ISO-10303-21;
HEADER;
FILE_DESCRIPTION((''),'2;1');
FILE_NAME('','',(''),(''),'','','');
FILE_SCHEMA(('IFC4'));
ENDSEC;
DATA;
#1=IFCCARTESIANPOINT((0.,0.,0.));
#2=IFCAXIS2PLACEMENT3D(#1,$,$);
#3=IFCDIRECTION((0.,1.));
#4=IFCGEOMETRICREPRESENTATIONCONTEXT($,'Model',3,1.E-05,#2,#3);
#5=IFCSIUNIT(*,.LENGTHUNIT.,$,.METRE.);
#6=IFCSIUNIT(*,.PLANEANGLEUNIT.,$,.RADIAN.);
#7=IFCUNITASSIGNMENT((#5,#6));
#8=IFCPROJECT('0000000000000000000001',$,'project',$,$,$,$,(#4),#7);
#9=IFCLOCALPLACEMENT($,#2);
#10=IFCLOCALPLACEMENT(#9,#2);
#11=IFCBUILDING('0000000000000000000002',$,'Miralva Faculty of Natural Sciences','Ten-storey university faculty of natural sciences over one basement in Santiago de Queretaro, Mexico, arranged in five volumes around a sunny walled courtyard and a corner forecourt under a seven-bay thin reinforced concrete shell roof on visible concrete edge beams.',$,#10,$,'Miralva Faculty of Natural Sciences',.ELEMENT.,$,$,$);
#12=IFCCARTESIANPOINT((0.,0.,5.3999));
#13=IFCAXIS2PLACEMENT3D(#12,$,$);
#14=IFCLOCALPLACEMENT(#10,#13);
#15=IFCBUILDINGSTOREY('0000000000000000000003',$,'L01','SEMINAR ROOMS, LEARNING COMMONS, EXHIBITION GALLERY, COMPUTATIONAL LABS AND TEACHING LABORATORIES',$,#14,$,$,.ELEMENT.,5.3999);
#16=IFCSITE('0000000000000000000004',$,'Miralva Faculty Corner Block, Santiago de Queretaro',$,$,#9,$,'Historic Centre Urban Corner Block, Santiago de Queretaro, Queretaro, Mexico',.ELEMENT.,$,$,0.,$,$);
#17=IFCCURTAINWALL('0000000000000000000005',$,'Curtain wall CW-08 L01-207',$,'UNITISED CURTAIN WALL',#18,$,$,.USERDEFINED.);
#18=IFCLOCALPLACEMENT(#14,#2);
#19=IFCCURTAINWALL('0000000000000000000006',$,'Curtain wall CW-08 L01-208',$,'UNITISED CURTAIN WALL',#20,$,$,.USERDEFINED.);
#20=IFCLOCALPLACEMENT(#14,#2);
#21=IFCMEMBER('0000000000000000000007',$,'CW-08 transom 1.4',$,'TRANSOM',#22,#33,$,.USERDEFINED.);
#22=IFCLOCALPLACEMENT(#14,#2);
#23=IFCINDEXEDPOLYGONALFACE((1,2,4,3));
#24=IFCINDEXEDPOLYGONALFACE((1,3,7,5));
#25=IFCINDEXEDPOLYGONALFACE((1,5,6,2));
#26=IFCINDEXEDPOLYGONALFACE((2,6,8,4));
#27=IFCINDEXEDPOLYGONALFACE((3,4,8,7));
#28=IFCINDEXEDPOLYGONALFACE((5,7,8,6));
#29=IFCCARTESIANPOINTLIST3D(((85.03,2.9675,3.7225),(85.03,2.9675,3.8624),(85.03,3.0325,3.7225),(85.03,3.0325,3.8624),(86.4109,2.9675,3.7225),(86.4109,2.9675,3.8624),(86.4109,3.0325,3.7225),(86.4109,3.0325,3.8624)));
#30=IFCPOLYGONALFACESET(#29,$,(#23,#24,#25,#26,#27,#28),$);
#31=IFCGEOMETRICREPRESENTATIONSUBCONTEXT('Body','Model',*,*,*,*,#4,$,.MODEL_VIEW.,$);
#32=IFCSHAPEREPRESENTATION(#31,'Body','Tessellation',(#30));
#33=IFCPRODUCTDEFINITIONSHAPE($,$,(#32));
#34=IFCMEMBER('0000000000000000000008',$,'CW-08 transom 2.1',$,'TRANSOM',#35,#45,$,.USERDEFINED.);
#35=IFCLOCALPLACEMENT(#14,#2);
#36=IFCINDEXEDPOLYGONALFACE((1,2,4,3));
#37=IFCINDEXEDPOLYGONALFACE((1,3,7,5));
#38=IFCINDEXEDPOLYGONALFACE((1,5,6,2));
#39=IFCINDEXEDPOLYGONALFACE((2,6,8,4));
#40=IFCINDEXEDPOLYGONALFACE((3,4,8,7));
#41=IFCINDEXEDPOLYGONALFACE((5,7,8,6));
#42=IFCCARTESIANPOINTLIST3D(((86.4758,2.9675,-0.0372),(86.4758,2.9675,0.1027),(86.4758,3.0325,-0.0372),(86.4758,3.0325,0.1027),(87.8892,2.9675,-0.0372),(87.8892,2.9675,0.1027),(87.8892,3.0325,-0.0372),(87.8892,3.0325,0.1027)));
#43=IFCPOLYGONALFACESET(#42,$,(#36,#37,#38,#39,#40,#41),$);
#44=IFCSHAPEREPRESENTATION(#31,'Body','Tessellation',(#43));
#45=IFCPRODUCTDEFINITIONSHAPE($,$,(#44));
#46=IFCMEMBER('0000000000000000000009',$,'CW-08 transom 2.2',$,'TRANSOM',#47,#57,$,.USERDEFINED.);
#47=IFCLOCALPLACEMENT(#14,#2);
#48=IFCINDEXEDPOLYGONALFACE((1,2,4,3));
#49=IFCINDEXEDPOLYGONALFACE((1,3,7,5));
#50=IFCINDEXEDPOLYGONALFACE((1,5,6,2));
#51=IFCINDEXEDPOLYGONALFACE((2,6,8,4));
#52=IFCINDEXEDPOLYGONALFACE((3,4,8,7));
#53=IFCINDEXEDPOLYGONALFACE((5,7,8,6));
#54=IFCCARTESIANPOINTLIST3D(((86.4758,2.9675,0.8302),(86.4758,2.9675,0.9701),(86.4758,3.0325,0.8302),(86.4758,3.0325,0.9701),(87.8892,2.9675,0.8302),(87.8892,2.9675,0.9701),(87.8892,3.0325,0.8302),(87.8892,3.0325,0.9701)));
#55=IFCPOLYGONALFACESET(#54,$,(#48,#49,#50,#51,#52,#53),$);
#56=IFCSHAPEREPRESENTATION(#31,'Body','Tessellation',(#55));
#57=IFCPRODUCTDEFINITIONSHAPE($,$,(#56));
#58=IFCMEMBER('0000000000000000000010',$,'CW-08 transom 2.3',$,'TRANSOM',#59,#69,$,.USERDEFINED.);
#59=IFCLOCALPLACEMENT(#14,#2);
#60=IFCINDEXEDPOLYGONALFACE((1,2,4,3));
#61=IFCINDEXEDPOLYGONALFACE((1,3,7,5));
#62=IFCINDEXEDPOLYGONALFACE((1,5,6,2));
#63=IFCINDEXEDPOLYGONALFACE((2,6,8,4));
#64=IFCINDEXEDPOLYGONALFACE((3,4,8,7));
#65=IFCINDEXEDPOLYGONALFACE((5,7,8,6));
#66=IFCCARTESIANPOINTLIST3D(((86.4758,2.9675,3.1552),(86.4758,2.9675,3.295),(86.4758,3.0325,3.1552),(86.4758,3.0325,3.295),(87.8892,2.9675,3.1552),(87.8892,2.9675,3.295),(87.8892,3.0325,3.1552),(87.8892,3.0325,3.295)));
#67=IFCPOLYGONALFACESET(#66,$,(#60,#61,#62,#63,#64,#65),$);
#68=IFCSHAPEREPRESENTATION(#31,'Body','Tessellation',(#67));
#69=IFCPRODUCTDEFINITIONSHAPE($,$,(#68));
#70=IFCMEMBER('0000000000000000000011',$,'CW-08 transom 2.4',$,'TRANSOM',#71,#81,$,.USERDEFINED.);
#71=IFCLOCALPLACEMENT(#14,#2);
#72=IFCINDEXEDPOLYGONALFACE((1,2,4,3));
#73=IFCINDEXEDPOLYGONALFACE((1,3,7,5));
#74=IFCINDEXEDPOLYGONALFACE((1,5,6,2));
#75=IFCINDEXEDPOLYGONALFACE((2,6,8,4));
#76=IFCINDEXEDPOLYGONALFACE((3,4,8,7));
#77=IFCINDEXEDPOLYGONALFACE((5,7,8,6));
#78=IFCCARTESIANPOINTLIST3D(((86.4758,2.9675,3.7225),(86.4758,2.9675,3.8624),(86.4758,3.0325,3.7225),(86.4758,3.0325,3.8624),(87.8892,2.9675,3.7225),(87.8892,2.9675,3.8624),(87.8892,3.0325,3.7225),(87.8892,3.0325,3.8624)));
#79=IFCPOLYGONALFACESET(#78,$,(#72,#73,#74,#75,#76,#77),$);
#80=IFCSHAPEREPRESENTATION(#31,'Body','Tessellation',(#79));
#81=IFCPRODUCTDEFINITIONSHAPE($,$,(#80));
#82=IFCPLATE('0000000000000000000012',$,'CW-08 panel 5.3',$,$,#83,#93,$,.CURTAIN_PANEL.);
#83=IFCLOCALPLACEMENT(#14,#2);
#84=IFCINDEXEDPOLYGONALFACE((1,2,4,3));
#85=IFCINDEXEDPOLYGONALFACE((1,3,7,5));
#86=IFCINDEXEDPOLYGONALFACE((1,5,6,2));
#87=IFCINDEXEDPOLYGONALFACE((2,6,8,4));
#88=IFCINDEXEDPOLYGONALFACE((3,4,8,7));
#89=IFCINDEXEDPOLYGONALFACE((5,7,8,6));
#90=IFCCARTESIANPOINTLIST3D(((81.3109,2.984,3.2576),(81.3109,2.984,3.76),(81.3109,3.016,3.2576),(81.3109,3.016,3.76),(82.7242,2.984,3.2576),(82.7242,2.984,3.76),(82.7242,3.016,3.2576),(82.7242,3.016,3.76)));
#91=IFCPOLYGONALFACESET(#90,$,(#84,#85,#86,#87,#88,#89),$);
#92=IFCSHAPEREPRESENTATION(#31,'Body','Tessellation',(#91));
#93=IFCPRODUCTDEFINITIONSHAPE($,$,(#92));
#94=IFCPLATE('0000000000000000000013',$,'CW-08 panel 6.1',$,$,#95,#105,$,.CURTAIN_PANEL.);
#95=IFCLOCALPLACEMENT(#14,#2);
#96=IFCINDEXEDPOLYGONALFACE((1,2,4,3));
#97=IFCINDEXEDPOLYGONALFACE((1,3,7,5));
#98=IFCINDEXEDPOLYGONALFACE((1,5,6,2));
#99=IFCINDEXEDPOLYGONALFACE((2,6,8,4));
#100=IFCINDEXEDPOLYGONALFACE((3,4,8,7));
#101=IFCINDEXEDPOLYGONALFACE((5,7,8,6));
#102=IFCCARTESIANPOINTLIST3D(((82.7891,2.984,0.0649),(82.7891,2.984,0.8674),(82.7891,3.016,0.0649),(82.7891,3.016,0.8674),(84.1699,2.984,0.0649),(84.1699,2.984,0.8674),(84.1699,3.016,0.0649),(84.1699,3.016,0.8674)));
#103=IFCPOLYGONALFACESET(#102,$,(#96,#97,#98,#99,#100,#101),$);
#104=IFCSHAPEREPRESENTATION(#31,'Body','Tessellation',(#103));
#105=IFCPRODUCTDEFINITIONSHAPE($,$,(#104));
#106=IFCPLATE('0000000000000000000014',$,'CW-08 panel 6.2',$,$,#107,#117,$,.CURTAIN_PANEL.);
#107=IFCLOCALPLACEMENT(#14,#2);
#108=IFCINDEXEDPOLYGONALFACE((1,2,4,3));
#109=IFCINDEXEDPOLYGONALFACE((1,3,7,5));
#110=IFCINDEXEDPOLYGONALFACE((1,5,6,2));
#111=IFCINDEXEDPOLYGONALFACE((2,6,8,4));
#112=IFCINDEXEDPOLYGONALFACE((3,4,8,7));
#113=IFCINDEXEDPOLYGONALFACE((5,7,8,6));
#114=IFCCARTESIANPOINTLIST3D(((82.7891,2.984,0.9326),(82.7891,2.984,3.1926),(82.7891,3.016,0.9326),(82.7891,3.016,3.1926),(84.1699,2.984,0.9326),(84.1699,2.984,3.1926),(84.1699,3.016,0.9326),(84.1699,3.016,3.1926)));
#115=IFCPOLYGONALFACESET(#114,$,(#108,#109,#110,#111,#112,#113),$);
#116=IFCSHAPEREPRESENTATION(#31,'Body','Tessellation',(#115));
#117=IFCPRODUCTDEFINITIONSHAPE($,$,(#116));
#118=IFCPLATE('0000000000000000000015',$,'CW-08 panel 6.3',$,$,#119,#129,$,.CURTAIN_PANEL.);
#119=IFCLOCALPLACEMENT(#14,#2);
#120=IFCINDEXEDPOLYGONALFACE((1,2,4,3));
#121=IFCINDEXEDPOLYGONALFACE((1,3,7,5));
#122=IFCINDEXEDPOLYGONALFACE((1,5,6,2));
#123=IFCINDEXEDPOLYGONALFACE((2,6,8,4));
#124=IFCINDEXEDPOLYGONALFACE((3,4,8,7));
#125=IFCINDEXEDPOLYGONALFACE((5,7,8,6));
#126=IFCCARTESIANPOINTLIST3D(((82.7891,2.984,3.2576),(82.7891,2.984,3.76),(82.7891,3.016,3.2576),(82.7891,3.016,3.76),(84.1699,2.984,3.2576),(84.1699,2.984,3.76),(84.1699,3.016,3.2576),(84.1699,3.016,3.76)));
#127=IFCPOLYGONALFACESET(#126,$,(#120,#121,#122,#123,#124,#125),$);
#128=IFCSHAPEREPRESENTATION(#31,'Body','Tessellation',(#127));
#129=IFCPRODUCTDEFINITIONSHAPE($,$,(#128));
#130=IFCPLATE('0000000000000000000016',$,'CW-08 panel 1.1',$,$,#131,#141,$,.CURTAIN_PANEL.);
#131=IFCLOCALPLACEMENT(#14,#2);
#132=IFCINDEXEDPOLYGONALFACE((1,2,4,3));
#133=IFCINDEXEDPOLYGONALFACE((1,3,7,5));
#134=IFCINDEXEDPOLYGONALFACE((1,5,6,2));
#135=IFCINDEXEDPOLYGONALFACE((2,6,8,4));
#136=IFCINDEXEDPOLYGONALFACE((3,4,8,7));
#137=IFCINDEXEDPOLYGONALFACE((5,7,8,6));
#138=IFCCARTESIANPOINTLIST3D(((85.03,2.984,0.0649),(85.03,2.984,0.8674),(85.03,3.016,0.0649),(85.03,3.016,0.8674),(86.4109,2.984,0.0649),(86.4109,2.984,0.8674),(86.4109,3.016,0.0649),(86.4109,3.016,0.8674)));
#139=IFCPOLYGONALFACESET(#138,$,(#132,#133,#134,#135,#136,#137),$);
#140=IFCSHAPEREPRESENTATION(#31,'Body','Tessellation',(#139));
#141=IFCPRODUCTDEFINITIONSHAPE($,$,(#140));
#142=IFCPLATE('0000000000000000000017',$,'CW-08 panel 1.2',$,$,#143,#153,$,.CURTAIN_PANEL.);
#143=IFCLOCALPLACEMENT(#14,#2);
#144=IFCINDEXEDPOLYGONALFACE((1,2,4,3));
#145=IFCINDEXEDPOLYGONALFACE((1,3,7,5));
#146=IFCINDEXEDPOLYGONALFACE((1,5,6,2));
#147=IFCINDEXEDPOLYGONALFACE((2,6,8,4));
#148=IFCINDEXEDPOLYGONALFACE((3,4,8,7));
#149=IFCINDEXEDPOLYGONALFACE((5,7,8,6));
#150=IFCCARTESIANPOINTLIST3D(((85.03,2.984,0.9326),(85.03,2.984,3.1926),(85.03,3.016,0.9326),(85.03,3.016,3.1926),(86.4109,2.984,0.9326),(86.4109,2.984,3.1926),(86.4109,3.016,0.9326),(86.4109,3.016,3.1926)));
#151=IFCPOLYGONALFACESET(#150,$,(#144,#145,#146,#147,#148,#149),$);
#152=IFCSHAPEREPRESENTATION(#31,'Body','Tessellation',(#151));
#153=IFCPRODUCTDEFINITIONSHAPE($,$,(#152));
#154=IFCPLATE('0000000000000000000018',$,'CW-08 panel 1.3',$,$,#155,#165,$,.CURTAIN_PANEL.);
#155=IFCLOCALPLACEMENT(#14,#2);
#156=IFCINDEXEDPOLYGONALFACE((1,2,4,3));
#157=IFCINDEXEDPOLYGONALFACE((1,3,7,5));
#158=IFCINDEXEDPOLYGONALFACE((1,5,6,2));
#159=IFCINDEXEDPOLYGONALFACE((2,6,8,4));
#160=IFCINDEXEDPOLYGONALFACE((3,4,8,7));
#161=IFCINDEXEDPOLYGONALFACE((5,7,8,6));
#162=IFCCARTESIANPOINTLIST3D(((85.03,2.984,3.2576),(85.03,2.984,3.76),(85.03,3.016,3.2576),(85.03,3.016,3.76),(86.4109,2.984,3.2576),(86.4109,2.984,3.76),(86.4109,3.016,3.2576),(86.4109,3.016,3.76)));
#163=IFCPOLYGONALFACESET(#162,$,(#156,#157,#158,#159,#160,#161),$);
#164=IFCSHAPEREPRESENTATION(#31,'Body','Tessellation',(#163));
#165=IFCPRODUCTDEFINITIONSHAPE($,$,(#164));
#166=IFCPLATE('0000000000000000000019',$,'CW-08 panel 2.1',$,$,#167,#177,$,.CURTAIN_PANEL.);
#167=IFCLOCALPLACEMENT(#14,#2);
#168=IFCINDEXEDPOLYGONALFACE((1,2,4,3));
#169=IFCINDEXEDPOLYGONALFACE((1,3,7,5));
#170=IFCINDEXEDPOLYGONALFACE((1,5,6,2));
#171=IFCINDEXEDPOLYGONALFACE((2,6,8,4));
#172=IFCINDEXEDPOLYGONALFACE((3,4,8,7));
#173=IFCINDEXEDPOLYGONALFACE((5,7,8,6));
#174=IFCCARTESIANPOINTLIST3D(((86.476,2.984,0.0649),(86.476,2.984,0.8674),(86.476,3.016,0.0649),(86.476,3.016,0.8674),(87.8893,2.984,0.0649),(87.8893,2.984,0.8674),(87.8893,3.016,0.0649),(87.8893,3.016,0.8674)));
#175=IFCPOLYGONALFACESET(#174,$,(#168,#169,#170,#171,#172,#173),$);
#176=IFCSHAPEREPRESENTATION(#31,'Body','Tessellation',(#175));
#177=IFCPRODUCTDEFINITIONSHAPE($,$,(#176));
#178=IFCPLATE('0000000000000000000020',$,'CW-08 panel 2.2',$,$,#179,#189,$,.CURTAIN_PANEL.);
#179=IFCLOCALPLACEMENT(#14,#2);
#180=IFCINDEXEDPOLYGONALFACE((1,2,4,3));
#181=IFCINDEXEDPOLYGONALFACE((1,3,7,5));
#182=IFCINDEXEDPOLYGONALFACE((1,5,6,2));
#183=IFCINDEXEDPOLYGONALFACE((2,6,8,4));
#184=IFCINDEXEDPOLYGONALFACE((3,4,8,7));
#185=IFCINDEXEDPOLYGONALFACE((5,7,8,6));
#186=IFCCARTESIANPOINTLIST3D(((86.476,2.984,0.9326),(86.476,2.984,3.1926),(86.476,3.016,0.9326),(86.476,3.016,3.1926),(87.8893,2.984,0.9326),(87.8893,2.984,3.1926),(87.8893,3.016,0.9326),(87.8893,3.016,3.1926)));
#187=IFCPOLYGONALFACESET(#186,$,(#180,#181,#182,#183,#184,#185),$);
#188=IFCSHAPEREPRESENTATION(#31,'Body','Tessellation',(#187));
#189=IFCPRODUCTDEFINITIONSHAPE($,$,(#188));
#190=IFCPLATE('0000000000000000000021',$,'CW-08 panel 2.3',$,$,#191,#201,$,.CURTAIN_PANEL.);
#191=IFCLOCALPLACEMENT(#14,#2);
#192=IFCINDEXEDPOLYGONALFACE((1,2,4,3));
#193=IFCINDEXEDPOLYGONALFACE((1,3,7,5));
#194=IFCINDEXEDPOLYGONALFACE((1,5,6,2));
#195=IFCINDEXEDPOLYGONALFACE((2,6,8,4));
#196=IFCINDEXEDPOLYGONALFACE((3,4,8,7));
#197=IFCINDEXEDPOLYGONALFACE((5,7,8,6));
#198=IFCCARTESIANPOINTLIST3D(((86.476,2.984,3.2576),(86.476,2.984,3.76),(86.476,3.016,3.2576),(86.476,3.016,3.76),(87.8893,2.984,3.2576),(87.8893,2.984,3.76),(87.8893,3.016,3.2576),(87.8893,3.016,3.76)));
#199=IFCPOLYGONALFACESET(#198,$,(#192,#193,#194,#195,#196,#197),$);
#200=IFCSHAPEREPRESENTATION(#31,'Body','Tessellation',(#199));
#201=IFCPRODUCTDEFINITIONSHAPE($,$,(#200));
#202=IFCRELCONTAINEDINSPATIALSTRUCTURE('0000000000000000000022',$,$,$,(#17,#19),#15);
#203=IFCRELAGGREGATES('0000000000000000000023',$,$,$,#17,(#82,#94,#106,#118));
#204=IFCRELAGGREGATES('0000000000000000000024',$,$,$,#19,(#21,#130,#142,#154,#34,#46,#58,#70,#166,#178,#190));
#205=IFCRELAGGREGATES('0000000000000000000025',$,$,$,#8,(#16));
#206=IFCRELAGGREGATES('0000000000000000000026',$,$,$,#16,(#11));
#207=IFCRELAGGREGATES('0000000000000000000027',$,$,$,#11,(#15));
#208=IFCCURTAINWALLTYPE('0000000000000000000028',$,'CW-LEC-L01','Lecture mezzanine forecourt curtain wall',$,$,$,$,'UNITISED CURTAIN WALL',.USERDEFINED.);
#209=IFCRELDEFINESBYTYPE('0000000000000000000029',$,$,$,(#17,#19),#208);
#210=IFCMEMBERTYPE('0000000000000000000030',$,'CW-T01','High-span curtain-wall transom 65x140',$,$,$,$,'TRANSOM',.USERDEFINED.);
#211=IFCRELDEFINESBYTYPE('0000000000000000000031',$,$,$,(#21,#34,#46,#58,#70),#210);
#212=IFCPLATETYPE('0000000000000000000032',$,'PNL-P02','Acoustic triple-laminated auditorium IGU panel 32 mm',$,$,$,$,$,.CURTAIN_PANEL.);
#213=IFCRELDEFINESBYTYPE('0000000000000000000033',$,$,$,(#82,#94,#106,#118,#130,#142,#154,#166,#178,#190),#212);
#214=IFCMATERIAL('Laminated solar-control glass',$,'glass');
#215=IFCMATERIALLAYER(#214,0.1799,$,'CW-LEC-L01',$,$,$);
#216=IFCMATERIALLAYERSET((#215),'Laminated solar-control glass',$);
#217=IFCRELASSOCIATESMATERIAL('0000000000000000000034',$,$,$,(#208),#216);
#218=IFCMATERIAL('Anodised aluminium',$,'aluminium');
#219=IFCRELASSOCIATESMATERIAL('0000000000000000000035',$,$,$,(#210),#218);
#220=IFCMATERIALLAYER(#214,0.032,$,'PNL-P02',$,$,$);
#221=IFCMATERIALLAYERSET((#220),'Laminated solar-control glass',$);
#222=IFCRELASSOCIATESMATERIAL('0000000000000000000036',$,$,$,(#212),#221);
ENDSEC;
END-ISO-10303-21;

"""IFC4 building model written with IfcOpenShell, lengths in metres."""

from ifc_helpers import new_model, si_unit, direction, frame, origin, origin_2d, place, context, subcontext, project, spatial, rectangle, extrude, material, layer, layer_set, material_profile, profile_set, type_object, element, aggregate, save


model = new_model("IFC4")

# Units and contexts
model_context = context("Model", 3, precision=1e-05, world=origin(), true_north=direction((0.0, 1.0)))
body_context = subcontext(model_context, "Body", "Model", "MODEL_VIEW")
ifc_project = project(units=[si_unit("LENGTHUNIT", "METRE"), si_unit("PLANEANGLEUNIT", "RADIAN")], contexts=[model_context])

# Site, building, storey
site_placement = place(None, origin())
site = spatial("IfcSite", under=ifc_project, at=site_placement, Name="Miralva Faculty Corner Block, Santiago de Queretaro", LongName="Historic Centre Urban Corner Block, Santiago de Queretaro, Queretaro, Mexico", CompositionType="ELEMENT", RefElevation=0.0)
building_placement = place(site_placement, origin())
building = spatial("IfcBuilding", under=site, at=building_placement, Name="Miralva Faculty of Natural Sciences", Description="Ten-storey university faculty of natural sciences over one basement in Santiago de Queretaro, Mexico, arranged in five volumes around a sunny walled courtyard and a corner forecourt under a seven-bay thin reinforced concrete shell roof on visible concrete edge beams.", LongName="Miralva Faculty of Natural Sciences", CompositionType="ELEMENT")
storey_placement = place(building_placement, frame((0.0, 0.0, 5.3999)))
storey = spatial("IfcBuildingStorey", under=building, at=storey_placement, Name="L01", Description="SEMINAR ROOMS, LEARNING COMMONS, EXHIBITION GALLERY, COMPUTATIONAL LABS AND TEACHING LABORATORIES", CompositionType="ELEMENT", Elevation=5.3999)

# Curtain walls
ifc_material_1 = material(Name="Laminated solar-control glass", Category="glass")
ifc_layer_1 = layer(ifc_material_1, 0.1799, Name="CW-LEC-L01")
ifc_layer_set_1 = layer_set([ifc_layer_1], Name="Laminated solar-control glass")
curtain_wall_type = type_object("IfcCurtainWallType", Name="CW-LEC-L01", Description="Lecture mezzanine forecourt curtain wall", ElementType="UNITISED CURTAIN WALL", PredefinedType="USERDEFINED", material=ifc_layer_set_1)
curtain_wall_1_placement = place(storey_placement, origin())
curtain_wall_1 = element("IfcCurtainWall", 1, at=curtain_wall_1_placement, inside=storey, type_object=curtain_wall_type, Name="Curtain wall CW-08 L01-207", ObjectType="UNITISED CURTAIN WALL", PredefinedType="USERDEFINED")
ifc_material_2 = material(Name="Anodised aluminium", Category="aluminium")
curtain_wall_2_placement = place(storey_placement, origin())
curtain_wall_2 = element("IfcCurtainWall", 2, at=curtain_wall_2_placement, inside=storey, type_object=curtain_wall_type, Name="Curtain wall CW-08 L01-208", ObjectType="UNITISED CURTAIN WALL", PredefinedType="USERDEFINED")

# Members
ifc_material_profile_1 = material_profile(ifc_material_2, rectangle(XDim=0.0649, YDim=0.1399, at=origin_2d()), Name="TRANSOM 65x140")
ifc_profile_set_1 = profile_set([ifc_material_profile_1], Name="Anodised aluminium")
member_type_1 = type_object("IfcMemberType", Name="CW-T01", Description="High-span curtain-wall transom 65x140", ElementType="TRANSOM", PredefinedType="USERDEFINED", material=ifc_profile_set_1)
member_1_placement = place(storey_placement, frame((85.03, 3.0, 3.7925), z_axis=(1.0, 0.0, 0.0), x_axis=(0.0, 1.0, 0.0)))
member_1 = element("IfcMember", 3, at=member_1_placement, type_object=member_type_1, Name="CW-08 transom 1.4", ObjectType="TRANSOM", PredefinedType="USERDEFINED", context=body_context, shape_type="SweptSolid", body=[
    extrude(rectangle(XDim=0.0649, YDim=0.1399, at=origin_2d()), origin(), (0.0, 0.0, 1.0), 1.3809),
])
member_2_placement = place(storey_placement, frame((86.4758, 3.0, 0.0327), z_axis=(1.0, 0.0, 0.0), x_axis=(0.0, 1.0, 0.0)))
member_2 = element("IfcMember", 4, at=member_2_placement, type_object=member_type_1, Name="CW-08 transom 2.1", ObjectType="TRANSOM", PredefinedType="USERDEFINED", context=body_context, shape_type="SweptSolid", body=[
    extrude(rectangle(XDim=0.0649, YDim=0.1399, at=origin_2d()), origin(), (0.0, 0.0, 1.0), 1.4133),
])
member_3_placement = place(storey_placement, frame((86.4758, 3.0, 0.9001), z_axis=(1.0, 0.0, 0.0), x_axis=(0.0, 1.0, 0.0)))
member_3 = element("IfcMember", 5, at=member_3_placement, type_object=member_type_1, Name="CW-08 transom 2.2", ObjectType="TRANSOM", PredefinedType="USERDEFINED", context=body_context, shape_type="SweptSolid", body=[
    extrude(rectangle(XDim=0.0649, YDim=0.1399, at=origin_2d()), origin(), (0.0, 0.0, 1.0), 1.4133),
])
member_4_placement = place(storey_placement, frame((86.4758, 3.0, 3.2251), z_axis=(1.0, 0.0, 0.0), x_axis=(0.0, 1.0, 0.0)))
member_4 = element("IfcMember", 6, at=member_4_placement, type_object=member_type_1, Name="CW-08 transom 2.3", ObjectType="TRANSOM", PredefinedType="USERDEFINED", context=body_context, shape_type="SweptSolid", body=[
    extrude(rectangle(XDim=0.0649, YDim=0.1399, at=origin_2d()), origin(), (0.0, 0.0, 1.0), 1.4133),
])
member_5_placement = place(storey_placement, frame((86.4758, 3.0, 3.7925), z_axis=(1.0, 0.0, 0.0), x_axis=(0.0, 1.0, 0.0)))
member_5 = element("IfcMember", 7, at=member_5_placement, type_object=member_type_1, Name="CW-08 transom 2.4", ObjectType="TRANSOM", PredefinedType="USERDEFINED", context=body_context, shape_type="SweptSolid", body=[
    extrude(rectangle(XDim=0.0649, YDim=0.1399, at=origin_2d()), origin(), (0.0, 0.0, 1.0), 1.4133),
])

# Plates
ifc_layer_2 = layer(ifc_material_1, 0.032, Name="PNL-P02")
ifc_layer_set_2 = layer_set([ifc_layer_2], Name="Laminated solar-control glass")
plate_type = type_object("IfcPlateType", Name="PNL-P02", Description="Acoustic triple-laminated auditorium IGU panel 32 mm", PredefinedType="CURTAIN_PANEL", material=ifc_layer_set_2)
plate_1_placement = place(storey_placement, frame((82.0176, 3.0, 3.2576), z_axis=(0.0, 0.0, 1.0), x_axis=(1.0, 0.0, 0.0)))
plate_1 = element("IfcPlate", 8, at=plate_1_placement, type_object=plate_type, Name="CW-08 panel 5.3", PredefinedType="CURTAIN_PANEL", context=body_context, shape_type="SweptSolid", body=[
    extrude(rectangle(XDim=1.4133, YDim=0.032, at=origin_2d()), origin(), (0.0, 0.0, 1.0), 0.5024),
])
plate_2_placement = place(storey_placement, frame((83.4795, 3.0, 0.0649), z_axis=(0.0, 0.0, 1.0), x_axis=(1.0, 0.0, 0.0)))
plate_2 = element("IfcPlate", 9, at=plate_2_placement, type_object=plate_type, Name="CW-08 panel 6.1", PredefinedType="CURTAIN_PANEL", context=body_context, shape_type="SweptSolid", body=[
    extrude(rectangle(XDim=1.3809, YDim=0.032, at=origin_2d()), origin(), (0.0, 0.0, 1.0), 0.8025),
])
plate_3_placement = place(storey_placement, frame((83.4795, 3.0, 0.9326), z_axis=(0.0, 0.0, 1.0), x_axis=(1.0, 0.0, 0.0)))
plate_3 = element("IfcPlate", 10, at=plate_3_placement, type_object=plate_type, Name="CW-08 panel 6.2", PredefinedType="CURTAIN_PANEL", context=body_context, shape_type="SweptSolid", body=[
    extrude(rectangle(XDim=1.3809, YDim=0.032, at=origin_2d()), origin(), (0.0, 0.0, 1.0), 2.26),
])
plate_4_placement = place(storey_placement, frame((83.4795, 3.0, 3.2576), z_axis=(0.0, 0.0, 1.0), x_axis=(1.0, 0.0, 0.0)))
plate_4 = element("IfcPlate", 11, at=plate_4_placement, type_object=plate_type, Name="CW-08 panel 6.3", PredefinedType="CURTAIN_PANEL", context=body_context, shape_type="SweptSolid", body=[
    extrude(rectangle(XDim=1.3809, YDim=0.032, at=origin_2d()), origin(), (0.0, 0.0, 1.0), 0.5024),
])
aggregate(curtain_wall_1, [plate_1, plate_2, plate_3, plate_4])
plate_5_placement = place(storey_placement, frame((85.7205, 3.0, 0.0649), z_axis=(0.0, 0.0, 1.0), x_axis=(1.0, 0.0, 0.0)))
plate_5 = element("IfcPlate", 12, at=plate_5_placement, type_object=plate_type, Name="CW-08 panel 1.1", PredefinedType="CURTAIN_PANEL", context=body_context, shape_type="SweptSolid", body=[
    extrude(rectangle(XDim=1.3809, YDim=0.032, at=origin_2d()), origin(), (0.0, 0.0, 1.0), 0.8025),
])
plate_6_placement = place(storey_placement, frame((85.7205, 3.0, 0.9326), z_axis=(0.0, 0.0, 1.0), x_axis=(1.0, 0.0, 0.0)))
plate_6 = element("IfcPlate", 13, at=plate_6_placement, type_object=plate_type, Name="CW-08 panel 1.2", PredefinedType="CURTAIN_PANEL", context=body_context, shape_type="SweptSolid", body=[
    extrude(rectangle(XDim=1.3809, YDim=0.032, at=origin_2d()), origin(), (0.0, 0.0, 1.0), 2.26),
])
plate_7_placement = place(storey_placement, frame((85.7205, 3.0, 3.2576), z_axis=(0.0, 0.0, 1.0), x_axis=(1.0, 0.0, 0.0)))
plate_7 = element("IfcPlate", 14, at=plate_7_placement, type_object=plate_type, Name="CW-08 panel 1.3", PredefinedType="CURTAIN_PANEL", context=body_context, shape_type="SweptSolid", body=[
    extrude(rectangle(XDim=1.3809, YDim=0.032, at=origin_2d()), origin(), (0.0, 0.0, 1.0), 0.5024),
])
plate_8_placement = place(storey_placement, frame((87.1826, 3.0, 0.0649), z_axis=(0.0, 0.0, 1.0), x_axis=(1.0, 0.0, 0.0)))
plate_8 = element("IfcPlate", 15, at=plate_8_placement, type_object=plate_type, Name="CW-08 panel 2.1", PredefinedType="CURTAIN_PANEL", context=body_context, shape_type="SweptSolid", body=[
    extrude(rectangle(XDim=1.4133, YDim=0.032, at=origin_2d()), origin(), (0.0, 0.0, 1.0), 0.8025),
])
plate_9_placement = place(storey_placement, frame((87.1826, 3.0, 0.9326), z_axis=(0.0, 0.0, 1.0), x_axis=(1.0, 0.0, 0.0)))
plate_9 = element("IfcPlate", 16, at=plate_9_placement, type_object=plate_type, Name="CW-08 panel 2.2", PredefinedType="CURTAIN_PANEL", context=body_context, shape_type="SweptSolid", body=[
    extrude(rectangle(XDim=1.4133, YDim=0.032, at=origin_2d()), origin(), (0.0, 0.0, 1.0), 2.26),
])
plate_10_placement = place(storey_placement, frame((87.1826, 3.0, 3.2576), z_axis=(0.0, 0.0, 1.0), x_axis=(1.0, 0.0, 0.0)))
plate_10 = element("IfcPlate", 17, at=plate_10_placement, type_object=plate_type, Name="CW-08 panel 2.3", PredefinedType="CURTAIN_PANEL", context=body_context, shape_type="SweptSolid", body=[
    extrude(rectangle(XDim=1.4133, YDim=0.032, at=origin_2d()), origin(), (0.0, 0.0, 1.0), 0.5024),
])
aggregate(curtain_wall_2, [member_1, plate_5, plate_6, plate_7, member_2, member_3, member_4, member_5, plate_8, plate_9, plate_10])

save(model, "model.ifc")
